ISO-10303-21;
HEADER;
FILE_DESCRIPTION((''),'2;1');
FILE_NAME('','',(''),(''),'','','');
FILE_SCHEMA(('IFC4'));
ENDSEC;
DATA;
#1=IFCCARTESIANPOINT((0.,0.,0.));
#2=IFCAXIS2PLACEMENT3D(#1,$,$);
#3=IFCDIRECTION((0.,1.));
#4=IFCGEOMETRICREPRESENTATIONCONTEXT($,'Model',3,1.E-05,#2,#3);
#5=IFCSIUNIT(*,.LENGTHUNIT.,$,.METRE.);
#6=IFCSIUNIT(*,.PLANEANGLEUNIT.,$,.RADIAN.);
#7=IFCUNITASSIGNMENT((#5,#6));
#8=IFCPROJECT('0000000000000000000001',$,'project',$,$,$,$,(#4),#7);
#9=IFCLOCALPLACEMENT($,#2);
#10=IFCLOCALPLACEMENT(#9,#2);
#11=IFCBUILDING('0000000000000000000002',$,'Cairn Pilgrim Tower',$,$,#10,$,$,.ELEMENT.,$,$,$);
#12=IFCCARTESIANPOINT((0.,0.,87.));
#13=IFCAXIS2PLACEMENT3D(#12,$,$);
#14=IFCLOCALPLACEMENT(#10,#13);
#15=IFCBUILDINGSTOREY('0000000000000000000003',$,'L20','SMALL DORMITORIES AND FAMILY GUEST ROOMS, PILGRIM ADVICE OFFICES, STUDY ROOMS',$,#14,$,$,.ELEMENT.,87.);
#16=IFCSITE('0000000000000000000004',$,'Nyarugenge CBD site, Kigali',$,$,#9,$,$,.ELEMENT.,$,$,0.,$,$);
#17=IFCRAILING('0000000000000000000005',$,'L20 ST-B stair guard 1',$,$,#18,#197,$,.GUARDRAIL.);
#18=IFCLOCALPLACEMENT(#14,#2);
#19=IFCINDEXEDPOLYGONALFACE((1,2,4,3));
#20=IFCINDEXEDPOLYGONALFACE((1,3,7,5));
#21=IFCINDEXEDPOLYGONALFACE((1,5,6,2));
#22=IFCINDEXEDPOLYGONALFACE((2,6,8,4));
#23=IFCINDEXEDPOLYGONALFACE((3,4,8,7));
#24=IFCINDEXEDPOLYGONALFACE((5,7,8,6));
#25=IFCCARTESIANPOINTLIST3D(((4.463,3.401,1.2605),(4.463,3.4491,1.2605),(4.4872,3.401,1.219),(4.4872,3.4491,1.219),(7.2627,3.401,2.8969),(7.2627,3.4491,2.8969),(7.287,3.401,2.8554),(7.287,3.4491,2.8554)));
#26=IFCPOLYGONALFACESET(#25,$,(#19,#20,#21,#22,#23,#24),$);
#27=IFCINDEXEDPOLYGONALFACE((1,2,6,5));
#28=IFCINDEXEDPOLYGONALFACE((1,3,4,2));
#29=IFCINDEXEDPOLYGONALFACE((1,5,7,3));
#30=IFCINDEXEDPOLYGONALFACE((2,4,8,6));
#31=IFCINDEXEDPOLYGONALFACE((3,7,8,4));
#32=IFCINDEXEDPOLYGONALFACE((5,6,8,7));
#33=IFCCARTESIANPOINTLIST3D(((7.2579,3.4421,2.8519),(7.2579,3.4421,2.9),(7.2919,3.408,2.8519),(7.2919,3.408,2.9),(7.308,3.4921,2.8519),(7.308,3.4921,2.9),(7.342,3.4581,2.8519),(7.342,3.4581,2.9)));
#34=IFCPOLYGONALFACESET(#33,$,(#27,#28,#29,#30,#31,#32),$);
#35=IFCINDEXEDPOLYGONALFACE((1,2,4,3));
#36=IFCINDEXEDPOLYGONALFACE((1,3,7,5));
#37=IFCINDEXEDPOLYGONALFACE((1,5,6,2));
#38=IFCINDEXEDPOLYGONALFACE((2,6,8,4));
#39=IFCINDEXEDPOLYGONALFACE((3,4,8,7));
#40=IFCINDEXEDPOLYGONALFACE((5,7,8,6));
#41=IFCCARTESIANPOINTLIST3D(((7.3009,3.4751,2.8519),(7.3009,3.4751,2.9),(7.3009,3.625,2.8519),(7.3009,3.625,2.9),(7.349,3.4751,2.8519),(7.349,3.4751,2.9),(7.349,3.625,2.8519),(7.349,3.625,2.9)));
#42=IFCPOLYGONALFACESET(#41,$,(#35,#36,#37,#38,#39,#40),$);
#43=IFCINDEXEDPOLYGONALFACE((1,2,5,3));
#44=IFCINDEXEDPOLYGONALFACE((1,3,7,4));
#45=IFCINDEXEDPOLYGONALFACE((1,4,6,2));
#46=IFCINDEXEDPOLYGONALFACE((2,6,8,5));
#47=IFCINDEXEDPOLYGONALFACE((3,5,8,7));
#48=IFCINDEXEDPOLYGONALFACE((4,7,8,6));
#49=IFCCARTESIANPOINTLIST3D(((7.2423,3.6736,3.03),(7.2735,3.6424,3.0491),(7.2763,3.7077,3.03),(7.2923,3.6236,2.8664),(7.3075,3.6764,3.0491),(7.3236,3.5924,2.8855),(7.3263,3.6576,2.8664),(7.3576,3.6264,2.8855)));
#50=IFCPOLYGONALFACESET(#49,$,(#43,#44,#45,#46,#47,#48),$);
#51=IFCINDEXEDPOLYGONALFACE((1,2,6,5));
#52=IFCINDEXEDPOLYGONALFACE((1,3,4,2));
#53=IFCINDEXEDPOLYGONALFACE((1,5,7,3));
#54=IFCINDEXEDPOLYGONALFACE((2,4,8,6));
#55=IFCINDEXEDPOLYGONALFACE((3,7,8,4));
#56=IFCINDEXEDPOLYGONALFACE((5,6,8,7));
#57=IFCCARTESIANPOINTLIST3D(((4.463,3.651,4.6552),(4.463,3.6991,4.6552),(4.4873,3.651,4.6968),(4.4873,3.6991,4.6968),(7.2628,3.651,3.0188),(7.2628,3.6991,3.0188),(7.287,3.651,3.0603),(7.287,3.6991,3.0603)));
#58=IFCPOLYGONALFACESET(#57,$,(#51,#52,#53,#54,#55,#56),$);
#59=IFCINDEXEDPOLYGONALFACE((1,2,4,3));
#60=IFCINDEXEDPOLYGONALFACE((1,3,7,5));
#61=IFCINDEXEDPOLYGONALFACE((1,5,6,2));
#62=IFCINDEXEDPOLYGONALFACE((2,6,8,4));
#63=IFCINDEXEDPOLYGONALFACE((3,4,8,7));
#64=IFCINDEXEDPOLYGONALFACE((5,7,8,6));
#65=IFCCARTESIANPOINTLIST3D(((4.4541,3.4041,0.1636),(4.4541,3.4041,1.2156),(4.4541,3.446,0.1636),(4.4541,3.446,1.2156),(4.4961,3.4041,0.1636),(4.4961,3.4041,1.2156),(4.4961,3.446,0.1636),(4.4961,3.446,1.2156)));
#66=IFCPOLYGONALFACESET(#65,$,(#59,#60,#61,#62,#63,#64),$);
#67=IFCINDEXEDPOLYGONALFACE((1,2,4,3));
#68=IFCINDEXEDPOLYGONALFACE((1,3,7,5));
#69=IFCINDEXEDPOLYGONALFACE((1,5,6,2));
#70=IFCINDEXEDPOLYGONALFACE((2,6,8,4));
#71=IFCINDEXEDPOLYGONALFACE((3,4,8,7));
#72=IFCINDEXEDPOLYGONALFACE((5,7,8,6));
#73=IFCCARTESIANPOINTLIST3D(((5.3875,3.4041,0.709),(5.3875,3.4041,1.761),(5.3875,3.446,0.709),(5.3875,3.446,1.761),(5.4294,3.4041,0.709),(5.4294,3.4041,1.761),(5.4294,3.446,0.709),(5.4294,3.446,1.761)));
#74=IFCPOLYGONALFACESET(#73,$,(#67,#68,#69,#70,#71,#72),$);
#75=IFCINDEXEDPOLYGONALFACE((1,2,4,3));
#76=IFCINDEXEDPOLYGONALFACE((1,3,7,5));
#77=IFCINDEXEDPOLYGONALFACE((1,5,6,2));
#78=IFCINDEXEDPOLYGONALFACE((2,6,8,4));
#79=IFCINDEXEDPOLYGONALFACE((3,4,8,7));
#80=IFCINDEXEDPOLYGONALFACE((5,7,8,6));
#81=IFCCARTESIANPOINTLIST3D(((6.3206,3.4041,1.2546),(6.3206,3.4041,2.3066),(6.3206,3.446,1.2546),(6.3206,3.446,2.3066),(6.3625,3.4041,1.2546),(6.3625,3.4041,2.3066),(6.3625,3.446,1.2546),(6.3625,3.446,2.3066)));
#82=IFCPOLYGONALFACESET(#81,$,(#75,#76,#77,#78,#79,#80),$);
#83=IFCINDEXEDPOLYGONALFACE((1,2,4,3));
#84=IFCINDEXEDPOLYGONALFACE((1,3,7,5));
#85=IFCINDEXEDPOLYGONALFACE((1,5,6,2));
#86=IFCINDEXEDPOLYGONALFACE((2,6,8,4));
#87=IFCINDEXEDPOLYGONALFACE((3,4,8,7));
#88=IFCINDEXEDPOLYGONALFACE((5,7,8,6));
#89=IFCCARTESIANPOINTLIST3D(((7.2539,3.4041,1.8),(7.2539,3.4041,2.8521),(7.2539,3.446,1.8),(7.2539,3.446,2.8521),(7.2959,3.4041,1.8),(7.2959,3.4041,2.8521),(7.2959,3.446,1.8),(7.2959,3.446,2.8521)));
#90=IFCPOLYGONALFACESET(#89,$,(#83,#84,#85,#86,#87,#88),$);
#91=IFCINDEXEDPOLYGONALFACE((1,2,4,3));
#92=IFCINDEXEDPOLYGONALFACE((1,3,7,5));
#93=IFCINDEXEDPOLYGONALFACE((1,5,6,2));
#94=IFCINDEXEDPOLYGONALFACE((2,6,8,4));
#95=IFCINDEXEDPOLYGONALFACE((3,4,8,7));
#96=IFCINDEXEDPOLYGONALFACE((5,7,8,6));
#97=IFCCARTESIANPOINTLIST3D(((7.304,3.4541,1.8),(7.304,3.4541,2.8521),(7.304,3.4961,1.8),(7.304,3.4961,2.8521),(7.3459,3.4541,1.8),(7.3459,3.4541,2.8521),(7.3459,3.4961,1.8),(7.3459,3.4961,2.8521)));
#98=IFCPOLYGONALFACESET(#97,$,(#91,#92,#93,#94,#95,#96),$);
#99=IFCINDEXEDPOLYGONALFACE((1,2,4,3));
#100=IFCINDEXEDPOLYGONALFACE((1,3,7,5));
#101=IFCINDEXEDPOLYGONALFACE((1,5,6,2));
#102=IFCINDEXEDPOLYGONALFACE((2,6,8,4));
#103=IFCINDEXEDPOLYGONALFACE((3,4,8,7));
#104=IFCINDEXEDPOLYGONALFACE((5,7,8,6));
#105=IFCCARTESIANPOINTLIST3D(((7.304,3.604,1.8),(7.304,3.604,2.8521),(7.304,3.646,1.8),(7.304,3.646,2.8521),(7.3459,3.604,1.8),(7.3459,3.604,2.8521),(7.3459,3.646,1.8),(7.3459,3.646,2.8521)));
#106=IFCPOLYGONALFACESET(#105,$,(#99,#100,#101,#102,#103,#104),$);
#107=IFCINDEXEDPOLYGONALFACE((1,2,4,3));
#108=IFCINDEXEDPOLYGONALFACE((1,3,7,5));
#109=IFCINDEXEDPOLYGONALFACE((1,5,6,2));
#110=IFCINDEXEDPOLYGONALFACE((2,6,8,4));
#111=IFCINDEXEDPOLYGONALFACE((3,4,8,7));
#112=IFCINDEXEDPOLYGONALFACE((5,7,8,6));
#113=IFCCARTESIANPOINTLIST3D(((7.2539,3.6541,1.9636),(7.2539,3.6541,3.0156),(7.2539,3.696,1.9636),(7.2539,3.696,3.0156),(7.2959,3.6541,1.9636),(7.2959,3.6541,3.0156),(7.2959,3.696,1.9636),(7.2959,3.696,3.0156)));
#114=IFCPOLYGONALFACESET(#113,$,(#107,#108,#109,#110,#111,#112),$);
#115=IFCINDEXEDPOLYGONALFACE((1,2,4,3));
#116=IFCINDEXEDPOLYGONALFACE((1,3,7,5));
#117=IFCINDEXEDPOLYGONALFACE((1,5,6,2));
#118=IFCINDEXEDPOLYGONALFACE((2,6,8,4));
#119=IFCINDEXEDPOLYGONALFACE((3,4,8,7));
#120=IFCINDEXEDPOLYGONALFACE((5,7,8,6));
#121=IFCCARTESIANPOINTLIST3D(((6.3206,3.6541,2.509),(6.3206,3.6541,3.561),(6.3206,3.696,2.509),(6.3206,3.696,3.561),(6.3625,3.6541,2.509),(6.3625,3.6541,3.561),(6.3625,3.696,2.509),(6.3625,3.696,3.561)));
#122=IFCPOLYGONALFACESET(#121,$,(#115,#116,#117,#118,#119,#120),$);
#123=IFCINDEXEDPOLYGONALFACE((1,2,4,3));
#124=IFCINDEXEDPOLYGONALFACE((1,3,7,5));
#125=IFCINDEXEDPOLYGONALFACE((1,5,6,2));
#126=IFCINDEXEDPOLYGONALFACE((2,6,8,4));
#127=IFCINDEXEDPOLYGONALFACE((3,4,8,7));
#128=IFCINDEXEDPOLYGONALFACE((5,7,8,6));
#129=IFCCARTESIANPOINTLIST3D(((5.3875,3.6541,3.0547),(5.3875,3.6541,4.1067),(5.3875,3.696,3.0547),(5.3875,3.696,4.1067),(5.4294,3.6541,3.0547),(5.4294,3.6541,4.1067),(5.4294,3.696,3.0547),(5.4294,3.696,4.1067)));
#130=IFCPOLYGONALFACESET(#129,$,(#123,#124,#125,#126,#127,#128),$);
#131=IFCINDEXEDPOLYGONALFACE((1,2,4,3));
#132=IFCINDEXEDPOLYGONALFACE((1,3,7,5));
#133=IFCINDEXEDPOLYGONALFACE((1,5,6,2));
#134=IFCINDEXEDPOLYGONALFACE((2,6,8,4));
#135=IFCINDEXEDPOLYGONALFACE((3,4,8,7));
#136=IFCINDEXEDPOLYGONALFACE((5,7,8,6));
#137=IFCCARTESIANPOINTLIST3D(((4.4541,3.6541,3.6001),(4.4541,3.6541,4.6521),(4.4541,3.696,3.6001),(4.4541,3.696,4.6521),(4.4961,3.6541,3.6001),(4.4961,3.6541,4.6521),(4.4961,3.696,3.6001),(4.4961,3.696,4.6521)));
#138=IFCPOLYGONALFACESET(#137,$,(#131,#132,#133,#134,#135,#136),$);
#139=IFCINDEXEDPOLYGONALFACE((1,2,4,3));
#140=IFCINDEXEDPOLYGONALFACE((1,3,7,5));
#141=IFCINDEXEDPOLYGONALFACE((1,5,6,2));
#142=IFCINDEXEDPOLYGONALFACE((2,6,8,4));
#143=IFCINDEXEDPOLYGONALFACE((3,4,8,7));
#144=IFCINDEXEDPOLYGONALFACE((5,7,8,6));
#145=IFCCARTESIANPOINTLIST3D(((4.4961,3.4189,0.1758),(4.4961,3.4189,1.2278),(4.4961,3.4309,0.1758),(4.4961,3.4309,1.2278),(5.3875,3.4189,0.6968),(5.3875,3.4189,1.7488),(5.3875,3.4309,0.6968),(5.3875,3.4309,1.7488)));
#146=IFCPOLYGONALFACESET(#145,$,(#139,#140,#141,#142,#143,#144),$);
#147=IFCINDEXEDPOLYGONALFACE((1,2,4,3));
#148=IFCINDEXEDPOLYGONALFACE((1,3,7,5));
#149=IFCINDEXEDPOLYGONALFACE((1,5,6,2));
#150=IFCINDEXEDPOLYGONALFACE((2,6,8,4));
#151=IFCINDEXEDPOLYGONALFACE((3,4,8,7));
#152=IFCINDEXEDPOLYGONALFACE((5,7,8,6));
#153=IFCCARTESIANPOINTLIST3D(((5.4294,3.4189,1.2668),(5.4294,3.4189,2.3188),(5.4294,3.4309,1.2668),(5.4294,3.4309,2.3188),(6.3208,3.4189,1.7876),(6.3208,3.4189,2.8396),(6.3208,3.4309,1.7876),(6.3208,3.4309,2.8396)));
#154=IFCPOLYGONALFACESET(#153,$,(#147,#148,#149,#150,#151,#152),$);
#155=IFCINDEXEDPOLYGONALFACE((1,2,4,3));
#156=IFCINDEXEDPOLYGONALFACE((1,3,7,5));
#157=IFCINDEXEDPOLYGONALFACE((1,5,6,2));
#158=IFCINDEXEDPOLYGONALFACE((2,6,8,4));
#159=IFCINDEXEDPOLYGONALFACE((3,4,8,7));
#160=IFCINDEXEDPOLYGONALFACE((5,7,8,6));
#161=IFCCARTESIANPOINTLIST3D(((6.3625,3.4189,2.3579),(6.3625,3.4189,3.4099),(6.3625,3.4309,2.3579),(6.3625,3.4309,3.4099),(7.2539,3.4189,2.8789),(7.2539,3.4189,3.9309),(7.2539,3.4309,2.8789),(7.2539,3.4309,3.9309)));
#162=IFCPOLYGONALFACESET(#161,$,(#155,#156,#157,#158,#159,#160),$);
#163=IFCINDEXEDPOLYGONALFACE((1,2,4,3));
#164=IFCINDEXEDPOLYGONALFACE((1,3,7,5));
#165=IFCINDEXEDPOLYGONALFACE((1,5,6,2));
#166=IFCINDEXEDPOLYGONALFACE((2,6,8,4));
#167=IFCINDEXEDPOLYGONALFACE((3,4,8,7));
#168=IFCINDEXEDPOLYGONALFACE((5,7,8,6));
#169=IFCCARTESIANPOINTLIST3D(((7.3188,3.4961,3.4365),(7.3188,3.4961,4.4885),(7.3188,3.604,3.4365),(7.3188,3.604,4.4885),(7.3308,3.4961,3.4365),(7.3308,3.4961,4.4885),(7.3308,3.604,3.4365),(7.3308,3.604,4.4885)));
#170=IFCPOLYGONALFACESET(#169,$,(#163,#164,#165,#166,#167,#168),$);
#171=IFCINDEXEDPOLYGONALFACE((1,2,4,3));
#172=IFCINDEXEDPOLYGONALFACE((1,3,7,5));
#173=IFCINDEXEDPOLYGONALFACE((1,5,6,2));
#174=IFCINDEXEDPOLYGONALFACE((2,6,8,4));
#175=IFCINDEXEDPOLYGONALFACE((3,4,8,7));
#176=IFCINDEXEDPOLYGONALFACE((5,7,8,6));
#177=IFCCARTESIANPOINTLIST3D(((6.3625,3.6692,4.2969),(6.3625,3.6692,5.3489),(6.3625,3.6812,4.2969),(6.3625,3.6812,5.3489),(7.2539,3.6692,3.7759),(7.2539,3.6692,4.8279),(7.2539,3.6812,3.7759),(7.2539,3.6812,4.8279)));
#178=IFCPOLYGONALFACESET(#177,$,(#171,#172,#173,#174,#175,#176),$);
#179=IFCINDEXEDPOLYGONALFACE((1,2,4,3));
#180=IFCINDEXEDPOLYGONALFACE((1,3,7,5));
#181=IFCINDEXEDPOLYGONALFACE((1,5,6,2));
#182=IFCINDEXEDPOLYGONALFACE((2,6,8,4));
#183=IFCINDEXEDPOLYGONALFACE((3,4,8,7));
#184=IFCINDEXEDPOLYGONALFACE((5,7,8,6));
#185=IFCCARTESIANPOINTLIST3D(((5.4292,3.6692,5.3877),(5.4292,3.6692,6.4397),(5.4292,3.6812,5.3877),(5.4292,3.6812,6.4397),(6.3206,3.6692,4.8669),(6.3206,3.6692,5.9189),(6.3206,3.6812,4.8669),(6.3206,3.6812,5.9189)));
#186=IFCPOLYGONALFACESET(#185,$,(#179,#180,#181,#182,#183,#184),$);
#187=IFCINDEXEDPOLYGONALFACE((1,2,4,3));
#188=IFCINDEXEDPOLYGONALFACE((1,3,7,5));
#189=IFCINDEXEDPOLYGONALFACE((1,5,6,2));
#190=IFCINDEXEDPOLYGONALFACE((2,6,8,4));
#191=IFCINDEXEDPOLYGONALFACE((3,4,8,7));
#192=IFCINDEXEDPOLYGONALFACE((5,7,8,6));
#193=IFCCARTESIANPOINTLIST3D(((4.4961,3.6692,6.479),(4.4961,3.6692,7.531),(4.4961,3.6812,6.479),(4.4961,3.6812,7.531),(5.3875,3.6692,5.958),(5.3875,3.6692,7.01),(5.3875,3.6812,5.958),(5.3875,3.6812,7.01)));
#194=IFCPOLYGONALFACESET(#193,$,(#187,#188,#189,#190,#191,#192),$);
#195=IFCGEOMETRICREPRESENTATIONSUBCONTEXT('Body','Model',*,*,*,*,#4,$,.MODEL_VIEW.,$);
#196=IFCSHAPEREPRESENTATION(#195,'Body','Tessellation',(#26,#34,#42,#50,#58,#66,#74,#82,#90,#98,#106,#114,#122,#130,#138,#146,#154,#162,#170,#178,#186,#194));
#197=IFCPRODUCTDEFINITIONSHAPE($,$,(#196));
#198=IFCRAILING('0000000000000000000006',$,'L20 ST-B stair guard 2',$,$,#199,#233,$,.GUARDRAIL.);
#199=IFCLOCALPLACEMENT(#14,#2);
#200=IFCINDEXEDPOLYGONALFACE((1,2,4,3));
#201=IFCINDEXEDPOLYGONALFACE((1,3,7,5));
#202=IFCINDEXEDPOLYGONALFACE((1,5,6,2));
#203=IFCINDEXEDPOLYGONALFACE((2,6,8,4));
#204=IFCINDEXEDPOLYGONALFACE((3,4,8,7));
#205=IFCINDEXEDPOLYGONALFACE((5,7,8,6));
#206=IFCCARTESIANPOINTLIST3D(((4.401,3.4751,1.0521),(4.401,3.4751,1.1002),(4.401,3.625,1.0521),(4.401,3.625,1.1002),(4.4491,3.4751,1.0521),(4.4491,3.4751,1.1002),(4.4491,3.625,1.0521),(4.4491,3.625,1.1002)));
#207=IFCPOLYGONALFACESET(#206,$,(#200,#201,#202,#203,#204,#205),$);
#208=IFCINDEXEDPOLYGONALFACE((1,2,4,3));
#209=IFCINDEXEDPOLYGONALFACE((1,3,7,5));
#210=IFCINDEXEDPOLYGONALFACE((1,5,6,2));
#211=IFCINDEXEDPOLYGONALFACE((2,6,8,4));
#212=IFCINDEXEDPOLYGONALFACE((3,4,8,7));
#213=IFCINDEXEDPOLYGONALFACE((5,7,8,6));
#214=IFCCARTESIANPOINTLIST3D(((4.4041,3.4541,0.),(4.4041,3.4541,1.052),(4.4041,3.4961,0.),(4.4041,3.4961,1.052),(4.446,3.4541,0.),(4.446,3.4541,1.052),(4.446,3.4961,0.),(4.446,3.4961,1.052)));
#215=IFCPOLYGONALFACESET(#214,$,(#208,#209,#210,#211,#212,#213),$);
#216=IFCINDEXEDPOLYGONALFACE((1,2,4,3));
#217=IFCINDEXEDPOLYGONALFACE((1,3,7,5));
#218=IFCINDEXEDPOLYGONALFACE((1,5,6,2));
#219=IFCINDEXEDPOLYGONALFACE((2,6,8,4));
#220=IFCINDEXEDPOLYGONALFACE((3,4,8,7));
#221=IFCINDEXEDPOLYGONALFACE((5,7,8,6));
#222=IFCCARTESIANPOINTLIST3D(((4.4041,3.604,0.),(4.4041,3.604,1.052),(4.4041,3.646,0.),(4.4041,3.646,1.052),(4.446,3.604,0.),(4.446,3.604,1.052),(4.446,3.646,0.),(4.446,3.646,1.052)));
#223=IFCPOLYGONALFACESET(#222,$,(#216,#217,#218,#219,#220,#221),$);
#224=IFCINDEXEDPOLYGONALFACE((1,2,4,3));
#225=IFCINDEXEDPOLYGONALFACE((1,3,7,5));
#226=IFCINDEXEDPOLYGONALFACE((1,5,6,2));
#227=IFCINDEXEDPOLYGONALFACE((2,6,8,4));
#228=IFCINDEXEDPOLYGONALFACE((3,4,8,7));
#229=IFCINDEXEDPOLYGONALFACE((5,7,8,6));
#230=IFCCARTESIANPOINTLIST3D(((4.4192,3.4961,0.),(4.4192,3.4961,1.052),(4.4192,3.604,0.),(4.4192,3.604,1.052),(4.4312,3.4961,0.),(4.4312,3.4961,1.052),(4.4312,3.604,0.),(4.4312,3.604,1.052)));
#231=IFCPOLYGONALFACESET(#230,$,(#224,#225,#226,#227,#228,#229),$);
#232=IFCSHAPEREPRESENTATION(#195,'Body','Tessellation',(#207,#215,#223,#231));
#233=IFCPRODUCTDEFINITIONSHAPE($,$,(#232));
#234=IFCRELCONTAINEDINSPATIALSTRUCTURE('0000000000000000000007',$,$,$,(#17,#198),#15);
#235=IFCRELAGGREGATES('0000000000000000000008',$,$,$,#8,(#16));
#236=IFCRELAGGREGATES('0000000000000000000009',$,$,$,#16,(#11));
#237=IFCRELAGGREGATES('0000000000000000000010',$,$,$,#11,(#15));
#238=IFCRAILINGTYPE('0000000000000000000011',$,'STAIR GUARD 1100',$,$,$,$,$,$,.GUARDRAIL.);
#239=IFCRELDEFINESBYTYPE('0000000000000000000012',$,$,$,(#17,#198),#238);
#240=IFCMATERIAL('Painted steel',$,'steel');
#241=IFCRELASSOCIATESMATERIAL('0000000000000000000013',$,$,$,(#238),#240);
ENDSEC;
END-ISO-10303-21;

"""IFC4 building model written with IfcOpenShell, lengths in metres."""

from ifc_helpers import new_model, si_unit, direction, frame, origin, origin_2d, place, context, subcontext, project, spatial, polyline, rectangle, outline, extrude, material, type_object, element, save


model = new_model("IFC4")

# Units and contexts
model_context = context("Model", 3, precision=1e-05, world=origin(), true_north=direction((0.0, 1.0)))
body_context = subcontext(model_context, "Body", "Model", "MODEL_VIEW")
ifc_project = project(units=[si_unit("LENGTHUNIT", "METRE"), si_unit("PLANEANGLEUNIT", "RADIAN")], contexts=[model_context])

# Site, building, storey
site_placement = place(None, origin())
site = spatial("IfcSite", under=ifc_project, at=site_placement, Name="Nyarugenge CBD site, Kigali", CompositionType="ELEMENT", RefElevation=0.0)
building_placement = place(site_placement, origin())
building = spatial("IfcBuilding", under=site, at=building_placement, Name="Cairn Pilgrim Tower", CompositionType="ELEMENT")
storey_placement = place(building_placement, frame((0.0, 0.0, 87.0)))
storey = spatial("IfcBuildingStorey", under=building, at=storey_placement, Name="L20", Description="SMALL DORMITORIES AND FAMILY GUEST ROOMS, PILGRIM ADVICE OFFICES, STUDY ROOMS", CompositionType="ELEMENT", Elevation=87.0)

# Shared definitions
ifc_material_1 = material(Name="Painted steel", Category="steel")

# Railings
railing_type_1 = type_object("IfcRailingType", Name="STAIR GUARD 1100", PredefinedType="GUARDRAIL", material=ifc_material_1)
railing_1_placement = place(storey_placement, frame((4.4751, 3.425, 0.1636)))
element("IfcRailing", 1, at=railing_1_placement, inside=storey, type_object=railing_type_1, Name="L20 ST-B stair guard 1", PredefinedType="GUARDRAIL", context=body_context, shape_type="SweptSolid", body=[
    extrude(rectangle(XDim=0.0481, YDim=0.0481, at=origin_2d()), frame((0.0, 0.0, 1.0762), z_axis=(0.863342, 0.0, 0.50462), x_axis=(0.0, 1.0, 0.0)), (0.0, 0.0, 1.0), 3.2429),
    extrude(rectangle(XDim=0.0481, YDim=0.0481, at=origin_2d()), frame((2.7998, 0.0, 2.7124), z_axis=(0.707107, 0.707107, 0.0), x_axis=(-0.707107, 0.707107, 0.0)), (0.0, 0.0, 1.0), 0.0708),
    extrude(rectangle(XDim=0.0481, YDim=0.0481, at=origin_2d()), frame((2.8499, 0.05, 2.7124), z_axis=(0.0, 1.0, 0.0), x_axis=(-1.0, 0.0, 0.0)), (0.0, 0.0, 1.0), 0.1499),
    extrude(rectangle(XDim=0.0481, YDim=0.0481, at=origin_2d()), frame((2.8499, 0.2, 2.7124), z_axis=(-0.280809, 0.280809, 0.917765), x_axis=(-0.707107, -0.707107, 0.0)), (0.0, 0.0, 1.0), 0.1782),
    extrude(rectangle(XDim=0.0481, YDim=0.0481, at=origin_2d()), frame((2.7998, 0.25, 2.876), z_axis=(-0.863342, 0.0, 0.50462), x_axis=(0.0, -1.0, 0.0)), (0.0, 0.0, 1.0), 3.2429),
    extrude(rectangle(XDim=0.042, YDim=0.042, at=origin_2d()), origin(), (0.0, 0.0, 1.0), 1.052),
    extrude(rectangle(XDim=0.042, YDim=0.042, at=origin_2d()), frame((0.9333, 0.0, 0.5454)), (0.0, 0.0, 1.0), 1.052),
    extrude(rectangle(XDim=0.042, YDim=0.042, at=origin_2d()), frame((1.8665, 0.0, 1.0911)), (0.0, 0.0, 1.0), 1.052),
    extrude(rectangle(XDim=0.042, YDim=0.042, at=origin_2d()), frame((2.7998, 0.0, 1.6365)), (0.0, 0.0, 1.0), 1.052),
    extrude(rectangle(XDim=0.042, YDim=0.042, at=origin_2d()), frame((2.8499, 0.05, 1.6365)), (0.0, 0.0, 1.0), 1.052),
    extrude(rectangle(XDim=0.042, YDim=0.042, at=origin_2d()), frame((2.8499, 0.2, 1.6365)), (0.0, 0.0, 1.0), 1.052),
    extrude(rectangle(XDim=0.042, YDim=0.042, at=origin_2d()), frame((2.7998, 0.25, 1.8)), (0.0, 0.0, 1.0), 1.052),
    extrude(rectangle(XDim=0.042, YDim=0.042, at=origin_2d()), frame((1.8665, 0.25, 2.3455)), (0.0, 0.0, 1.0), 1.052),
    extrude(rectangle(XDim=0.042, YDim=0.042, at=origin_2d()), frame((0.9333, 0.25, 2.8911)), (0.0, 0.0, 1.0), 1.052),
    extrude(rectangle(XDim=0.042, YDim=0.042, at=origin_2d()), frame((0.0, 0.25, 3.4365)), (0.0, 0.0, 1.0), 1.052),
    extrude(outline(polyline([(0.021, 0.0122), (0.9124, 0.5332), (0.9124, 1.5852), (0.021, 1.0642), (0.021, 0.0122)])), frame((0.0, 0.0059, 0.0), z_axis=(0.0, -1.0, 0.0), x_axis=(1.0, 0.0, 0.0)), (0.0, 0.0, 1.0), 0.012),
    extrude(outline(polyline([(0.021, 0.5579), (0.9124, 1.0786), (0.9124, 2.1306), (0.021, 1.6099), (0.021, 0.5579)])), frame((0.9333, 0.0059, 0.5454), z_axis=(0.0, -1.0, 0.0), x_axis=(1.0, 0.0, 0.0)), (0.0, 0.0, 1.0), 0.012),
    extrude(outline(polyline([(0.021, 1.1033), (0.9124, 1.6243), (0.9124, 2.6763), (0.021, 2.1553), (0.021, 1.1033)])), frame((1.8665, 0.0059, 1.0911), z_axis=(0.0, -1.0, 0.0), x_axis=(1.0, 0.0, 0.0)), (0.0, 0.0, 1.0), 0.012),
    extrude(outline(polyline([(0.021, 1.6365), (0.1289, 1.6365), (0.1289, 2.6885), (0.021, 2.6885), (0.021, 1.6365)])), frame((2.8438, 0.05, 1.6365), z_axis=(1.0, 0.0, 0.0), x_axis=(0.0, 1.0, 0.0)), (0.0, 0.0, 1.0), 0.012),
    extrude(outline(polyline([(0.021, 1.8123), (0.9124, 2.3333), (0.9124, 3.3853), (0.021, 2.8643), (0.021, 1.8123)])), frame((2.7998, 0.2441, 1.8), z_axis=(0.0, 1.0, 0.0), x_axis=(-1.0, 0.0, 0.0)), (0.0, 0.0, 1.0), 0.012),
    extrude(outline(polyline([(0.021, 2.3579), (0.9124, 2.8787), (0.9124, 3.9307), (0.021, 3.4099), (0.021, 2.3579)])), frame((1.8665, 0.2441, 2.3455), z_axis=(0.0, 1.0, 0.0), x_axis=(-1.0, 0.0, 0.0)), (0.0, 0.0, 1.0), 0.012),
    extrude(outline(polyline([(0.021, 2.9033), (0.9124, 3.4243), (0.9124, 4.4763), (0.021, 3.9553), (0.021, 2.9033)])), frame((0.9333, 0.2441, 2.8911), z_axis=(0.0, 1.0, 0.0), x_axis=(-1.0, 0.0, 0.0)), (0.0, 0.0, 1.0), 0.012),
])
railing_2_placement = place(storey_placement, frame((4.425, 3.4751, 0.0)))
element("IfcRailing", 2, at=railing_2_placement, inside=storey, type_object=railing_type_1, Name="L20 ST-B stair guard 2", PredefinedType="GUARDRAIL", context=body_context, shape_type="SweptSolid", body=[
    extrude(rectangle(XDim=0.0481, YDim=0.0481, at=origin_2d()), frame((0.0, 0.0, 1.0762), z_axis=(0.0, 1.0, 0.0), x_axis=(-1.0, 0.0, 0.0)), (0.0, 0.0, 1.0), 0.1499),
    extrude(rectangle(XDim=0.042, YDim=0.042, at=origin_2d()), origin(), (0.0, 0.0, 1.0), 1.052),
    extrude(rectangle(XDim=0.042, YDim=0.042, at=origin_2d()), frame((0.0, 0.1499, 0.0)), (0.0, 0.0, 1.0), 1.052),
    extrude(outline(polyline([(0.021, 0.0), (0.1289, 0.0), (0.1289, 1.052), (0.021, 1.052), (0.021, 0.0)])), frame((-0.0059, 0.0, 0.0), z_axis=(1.0, 0.0, 0.0), x_axis=(0.0, 1.0, 0.0)), (0.0, 0.0, 1.0), 0.012),
])

save(model, "model.ifc")
